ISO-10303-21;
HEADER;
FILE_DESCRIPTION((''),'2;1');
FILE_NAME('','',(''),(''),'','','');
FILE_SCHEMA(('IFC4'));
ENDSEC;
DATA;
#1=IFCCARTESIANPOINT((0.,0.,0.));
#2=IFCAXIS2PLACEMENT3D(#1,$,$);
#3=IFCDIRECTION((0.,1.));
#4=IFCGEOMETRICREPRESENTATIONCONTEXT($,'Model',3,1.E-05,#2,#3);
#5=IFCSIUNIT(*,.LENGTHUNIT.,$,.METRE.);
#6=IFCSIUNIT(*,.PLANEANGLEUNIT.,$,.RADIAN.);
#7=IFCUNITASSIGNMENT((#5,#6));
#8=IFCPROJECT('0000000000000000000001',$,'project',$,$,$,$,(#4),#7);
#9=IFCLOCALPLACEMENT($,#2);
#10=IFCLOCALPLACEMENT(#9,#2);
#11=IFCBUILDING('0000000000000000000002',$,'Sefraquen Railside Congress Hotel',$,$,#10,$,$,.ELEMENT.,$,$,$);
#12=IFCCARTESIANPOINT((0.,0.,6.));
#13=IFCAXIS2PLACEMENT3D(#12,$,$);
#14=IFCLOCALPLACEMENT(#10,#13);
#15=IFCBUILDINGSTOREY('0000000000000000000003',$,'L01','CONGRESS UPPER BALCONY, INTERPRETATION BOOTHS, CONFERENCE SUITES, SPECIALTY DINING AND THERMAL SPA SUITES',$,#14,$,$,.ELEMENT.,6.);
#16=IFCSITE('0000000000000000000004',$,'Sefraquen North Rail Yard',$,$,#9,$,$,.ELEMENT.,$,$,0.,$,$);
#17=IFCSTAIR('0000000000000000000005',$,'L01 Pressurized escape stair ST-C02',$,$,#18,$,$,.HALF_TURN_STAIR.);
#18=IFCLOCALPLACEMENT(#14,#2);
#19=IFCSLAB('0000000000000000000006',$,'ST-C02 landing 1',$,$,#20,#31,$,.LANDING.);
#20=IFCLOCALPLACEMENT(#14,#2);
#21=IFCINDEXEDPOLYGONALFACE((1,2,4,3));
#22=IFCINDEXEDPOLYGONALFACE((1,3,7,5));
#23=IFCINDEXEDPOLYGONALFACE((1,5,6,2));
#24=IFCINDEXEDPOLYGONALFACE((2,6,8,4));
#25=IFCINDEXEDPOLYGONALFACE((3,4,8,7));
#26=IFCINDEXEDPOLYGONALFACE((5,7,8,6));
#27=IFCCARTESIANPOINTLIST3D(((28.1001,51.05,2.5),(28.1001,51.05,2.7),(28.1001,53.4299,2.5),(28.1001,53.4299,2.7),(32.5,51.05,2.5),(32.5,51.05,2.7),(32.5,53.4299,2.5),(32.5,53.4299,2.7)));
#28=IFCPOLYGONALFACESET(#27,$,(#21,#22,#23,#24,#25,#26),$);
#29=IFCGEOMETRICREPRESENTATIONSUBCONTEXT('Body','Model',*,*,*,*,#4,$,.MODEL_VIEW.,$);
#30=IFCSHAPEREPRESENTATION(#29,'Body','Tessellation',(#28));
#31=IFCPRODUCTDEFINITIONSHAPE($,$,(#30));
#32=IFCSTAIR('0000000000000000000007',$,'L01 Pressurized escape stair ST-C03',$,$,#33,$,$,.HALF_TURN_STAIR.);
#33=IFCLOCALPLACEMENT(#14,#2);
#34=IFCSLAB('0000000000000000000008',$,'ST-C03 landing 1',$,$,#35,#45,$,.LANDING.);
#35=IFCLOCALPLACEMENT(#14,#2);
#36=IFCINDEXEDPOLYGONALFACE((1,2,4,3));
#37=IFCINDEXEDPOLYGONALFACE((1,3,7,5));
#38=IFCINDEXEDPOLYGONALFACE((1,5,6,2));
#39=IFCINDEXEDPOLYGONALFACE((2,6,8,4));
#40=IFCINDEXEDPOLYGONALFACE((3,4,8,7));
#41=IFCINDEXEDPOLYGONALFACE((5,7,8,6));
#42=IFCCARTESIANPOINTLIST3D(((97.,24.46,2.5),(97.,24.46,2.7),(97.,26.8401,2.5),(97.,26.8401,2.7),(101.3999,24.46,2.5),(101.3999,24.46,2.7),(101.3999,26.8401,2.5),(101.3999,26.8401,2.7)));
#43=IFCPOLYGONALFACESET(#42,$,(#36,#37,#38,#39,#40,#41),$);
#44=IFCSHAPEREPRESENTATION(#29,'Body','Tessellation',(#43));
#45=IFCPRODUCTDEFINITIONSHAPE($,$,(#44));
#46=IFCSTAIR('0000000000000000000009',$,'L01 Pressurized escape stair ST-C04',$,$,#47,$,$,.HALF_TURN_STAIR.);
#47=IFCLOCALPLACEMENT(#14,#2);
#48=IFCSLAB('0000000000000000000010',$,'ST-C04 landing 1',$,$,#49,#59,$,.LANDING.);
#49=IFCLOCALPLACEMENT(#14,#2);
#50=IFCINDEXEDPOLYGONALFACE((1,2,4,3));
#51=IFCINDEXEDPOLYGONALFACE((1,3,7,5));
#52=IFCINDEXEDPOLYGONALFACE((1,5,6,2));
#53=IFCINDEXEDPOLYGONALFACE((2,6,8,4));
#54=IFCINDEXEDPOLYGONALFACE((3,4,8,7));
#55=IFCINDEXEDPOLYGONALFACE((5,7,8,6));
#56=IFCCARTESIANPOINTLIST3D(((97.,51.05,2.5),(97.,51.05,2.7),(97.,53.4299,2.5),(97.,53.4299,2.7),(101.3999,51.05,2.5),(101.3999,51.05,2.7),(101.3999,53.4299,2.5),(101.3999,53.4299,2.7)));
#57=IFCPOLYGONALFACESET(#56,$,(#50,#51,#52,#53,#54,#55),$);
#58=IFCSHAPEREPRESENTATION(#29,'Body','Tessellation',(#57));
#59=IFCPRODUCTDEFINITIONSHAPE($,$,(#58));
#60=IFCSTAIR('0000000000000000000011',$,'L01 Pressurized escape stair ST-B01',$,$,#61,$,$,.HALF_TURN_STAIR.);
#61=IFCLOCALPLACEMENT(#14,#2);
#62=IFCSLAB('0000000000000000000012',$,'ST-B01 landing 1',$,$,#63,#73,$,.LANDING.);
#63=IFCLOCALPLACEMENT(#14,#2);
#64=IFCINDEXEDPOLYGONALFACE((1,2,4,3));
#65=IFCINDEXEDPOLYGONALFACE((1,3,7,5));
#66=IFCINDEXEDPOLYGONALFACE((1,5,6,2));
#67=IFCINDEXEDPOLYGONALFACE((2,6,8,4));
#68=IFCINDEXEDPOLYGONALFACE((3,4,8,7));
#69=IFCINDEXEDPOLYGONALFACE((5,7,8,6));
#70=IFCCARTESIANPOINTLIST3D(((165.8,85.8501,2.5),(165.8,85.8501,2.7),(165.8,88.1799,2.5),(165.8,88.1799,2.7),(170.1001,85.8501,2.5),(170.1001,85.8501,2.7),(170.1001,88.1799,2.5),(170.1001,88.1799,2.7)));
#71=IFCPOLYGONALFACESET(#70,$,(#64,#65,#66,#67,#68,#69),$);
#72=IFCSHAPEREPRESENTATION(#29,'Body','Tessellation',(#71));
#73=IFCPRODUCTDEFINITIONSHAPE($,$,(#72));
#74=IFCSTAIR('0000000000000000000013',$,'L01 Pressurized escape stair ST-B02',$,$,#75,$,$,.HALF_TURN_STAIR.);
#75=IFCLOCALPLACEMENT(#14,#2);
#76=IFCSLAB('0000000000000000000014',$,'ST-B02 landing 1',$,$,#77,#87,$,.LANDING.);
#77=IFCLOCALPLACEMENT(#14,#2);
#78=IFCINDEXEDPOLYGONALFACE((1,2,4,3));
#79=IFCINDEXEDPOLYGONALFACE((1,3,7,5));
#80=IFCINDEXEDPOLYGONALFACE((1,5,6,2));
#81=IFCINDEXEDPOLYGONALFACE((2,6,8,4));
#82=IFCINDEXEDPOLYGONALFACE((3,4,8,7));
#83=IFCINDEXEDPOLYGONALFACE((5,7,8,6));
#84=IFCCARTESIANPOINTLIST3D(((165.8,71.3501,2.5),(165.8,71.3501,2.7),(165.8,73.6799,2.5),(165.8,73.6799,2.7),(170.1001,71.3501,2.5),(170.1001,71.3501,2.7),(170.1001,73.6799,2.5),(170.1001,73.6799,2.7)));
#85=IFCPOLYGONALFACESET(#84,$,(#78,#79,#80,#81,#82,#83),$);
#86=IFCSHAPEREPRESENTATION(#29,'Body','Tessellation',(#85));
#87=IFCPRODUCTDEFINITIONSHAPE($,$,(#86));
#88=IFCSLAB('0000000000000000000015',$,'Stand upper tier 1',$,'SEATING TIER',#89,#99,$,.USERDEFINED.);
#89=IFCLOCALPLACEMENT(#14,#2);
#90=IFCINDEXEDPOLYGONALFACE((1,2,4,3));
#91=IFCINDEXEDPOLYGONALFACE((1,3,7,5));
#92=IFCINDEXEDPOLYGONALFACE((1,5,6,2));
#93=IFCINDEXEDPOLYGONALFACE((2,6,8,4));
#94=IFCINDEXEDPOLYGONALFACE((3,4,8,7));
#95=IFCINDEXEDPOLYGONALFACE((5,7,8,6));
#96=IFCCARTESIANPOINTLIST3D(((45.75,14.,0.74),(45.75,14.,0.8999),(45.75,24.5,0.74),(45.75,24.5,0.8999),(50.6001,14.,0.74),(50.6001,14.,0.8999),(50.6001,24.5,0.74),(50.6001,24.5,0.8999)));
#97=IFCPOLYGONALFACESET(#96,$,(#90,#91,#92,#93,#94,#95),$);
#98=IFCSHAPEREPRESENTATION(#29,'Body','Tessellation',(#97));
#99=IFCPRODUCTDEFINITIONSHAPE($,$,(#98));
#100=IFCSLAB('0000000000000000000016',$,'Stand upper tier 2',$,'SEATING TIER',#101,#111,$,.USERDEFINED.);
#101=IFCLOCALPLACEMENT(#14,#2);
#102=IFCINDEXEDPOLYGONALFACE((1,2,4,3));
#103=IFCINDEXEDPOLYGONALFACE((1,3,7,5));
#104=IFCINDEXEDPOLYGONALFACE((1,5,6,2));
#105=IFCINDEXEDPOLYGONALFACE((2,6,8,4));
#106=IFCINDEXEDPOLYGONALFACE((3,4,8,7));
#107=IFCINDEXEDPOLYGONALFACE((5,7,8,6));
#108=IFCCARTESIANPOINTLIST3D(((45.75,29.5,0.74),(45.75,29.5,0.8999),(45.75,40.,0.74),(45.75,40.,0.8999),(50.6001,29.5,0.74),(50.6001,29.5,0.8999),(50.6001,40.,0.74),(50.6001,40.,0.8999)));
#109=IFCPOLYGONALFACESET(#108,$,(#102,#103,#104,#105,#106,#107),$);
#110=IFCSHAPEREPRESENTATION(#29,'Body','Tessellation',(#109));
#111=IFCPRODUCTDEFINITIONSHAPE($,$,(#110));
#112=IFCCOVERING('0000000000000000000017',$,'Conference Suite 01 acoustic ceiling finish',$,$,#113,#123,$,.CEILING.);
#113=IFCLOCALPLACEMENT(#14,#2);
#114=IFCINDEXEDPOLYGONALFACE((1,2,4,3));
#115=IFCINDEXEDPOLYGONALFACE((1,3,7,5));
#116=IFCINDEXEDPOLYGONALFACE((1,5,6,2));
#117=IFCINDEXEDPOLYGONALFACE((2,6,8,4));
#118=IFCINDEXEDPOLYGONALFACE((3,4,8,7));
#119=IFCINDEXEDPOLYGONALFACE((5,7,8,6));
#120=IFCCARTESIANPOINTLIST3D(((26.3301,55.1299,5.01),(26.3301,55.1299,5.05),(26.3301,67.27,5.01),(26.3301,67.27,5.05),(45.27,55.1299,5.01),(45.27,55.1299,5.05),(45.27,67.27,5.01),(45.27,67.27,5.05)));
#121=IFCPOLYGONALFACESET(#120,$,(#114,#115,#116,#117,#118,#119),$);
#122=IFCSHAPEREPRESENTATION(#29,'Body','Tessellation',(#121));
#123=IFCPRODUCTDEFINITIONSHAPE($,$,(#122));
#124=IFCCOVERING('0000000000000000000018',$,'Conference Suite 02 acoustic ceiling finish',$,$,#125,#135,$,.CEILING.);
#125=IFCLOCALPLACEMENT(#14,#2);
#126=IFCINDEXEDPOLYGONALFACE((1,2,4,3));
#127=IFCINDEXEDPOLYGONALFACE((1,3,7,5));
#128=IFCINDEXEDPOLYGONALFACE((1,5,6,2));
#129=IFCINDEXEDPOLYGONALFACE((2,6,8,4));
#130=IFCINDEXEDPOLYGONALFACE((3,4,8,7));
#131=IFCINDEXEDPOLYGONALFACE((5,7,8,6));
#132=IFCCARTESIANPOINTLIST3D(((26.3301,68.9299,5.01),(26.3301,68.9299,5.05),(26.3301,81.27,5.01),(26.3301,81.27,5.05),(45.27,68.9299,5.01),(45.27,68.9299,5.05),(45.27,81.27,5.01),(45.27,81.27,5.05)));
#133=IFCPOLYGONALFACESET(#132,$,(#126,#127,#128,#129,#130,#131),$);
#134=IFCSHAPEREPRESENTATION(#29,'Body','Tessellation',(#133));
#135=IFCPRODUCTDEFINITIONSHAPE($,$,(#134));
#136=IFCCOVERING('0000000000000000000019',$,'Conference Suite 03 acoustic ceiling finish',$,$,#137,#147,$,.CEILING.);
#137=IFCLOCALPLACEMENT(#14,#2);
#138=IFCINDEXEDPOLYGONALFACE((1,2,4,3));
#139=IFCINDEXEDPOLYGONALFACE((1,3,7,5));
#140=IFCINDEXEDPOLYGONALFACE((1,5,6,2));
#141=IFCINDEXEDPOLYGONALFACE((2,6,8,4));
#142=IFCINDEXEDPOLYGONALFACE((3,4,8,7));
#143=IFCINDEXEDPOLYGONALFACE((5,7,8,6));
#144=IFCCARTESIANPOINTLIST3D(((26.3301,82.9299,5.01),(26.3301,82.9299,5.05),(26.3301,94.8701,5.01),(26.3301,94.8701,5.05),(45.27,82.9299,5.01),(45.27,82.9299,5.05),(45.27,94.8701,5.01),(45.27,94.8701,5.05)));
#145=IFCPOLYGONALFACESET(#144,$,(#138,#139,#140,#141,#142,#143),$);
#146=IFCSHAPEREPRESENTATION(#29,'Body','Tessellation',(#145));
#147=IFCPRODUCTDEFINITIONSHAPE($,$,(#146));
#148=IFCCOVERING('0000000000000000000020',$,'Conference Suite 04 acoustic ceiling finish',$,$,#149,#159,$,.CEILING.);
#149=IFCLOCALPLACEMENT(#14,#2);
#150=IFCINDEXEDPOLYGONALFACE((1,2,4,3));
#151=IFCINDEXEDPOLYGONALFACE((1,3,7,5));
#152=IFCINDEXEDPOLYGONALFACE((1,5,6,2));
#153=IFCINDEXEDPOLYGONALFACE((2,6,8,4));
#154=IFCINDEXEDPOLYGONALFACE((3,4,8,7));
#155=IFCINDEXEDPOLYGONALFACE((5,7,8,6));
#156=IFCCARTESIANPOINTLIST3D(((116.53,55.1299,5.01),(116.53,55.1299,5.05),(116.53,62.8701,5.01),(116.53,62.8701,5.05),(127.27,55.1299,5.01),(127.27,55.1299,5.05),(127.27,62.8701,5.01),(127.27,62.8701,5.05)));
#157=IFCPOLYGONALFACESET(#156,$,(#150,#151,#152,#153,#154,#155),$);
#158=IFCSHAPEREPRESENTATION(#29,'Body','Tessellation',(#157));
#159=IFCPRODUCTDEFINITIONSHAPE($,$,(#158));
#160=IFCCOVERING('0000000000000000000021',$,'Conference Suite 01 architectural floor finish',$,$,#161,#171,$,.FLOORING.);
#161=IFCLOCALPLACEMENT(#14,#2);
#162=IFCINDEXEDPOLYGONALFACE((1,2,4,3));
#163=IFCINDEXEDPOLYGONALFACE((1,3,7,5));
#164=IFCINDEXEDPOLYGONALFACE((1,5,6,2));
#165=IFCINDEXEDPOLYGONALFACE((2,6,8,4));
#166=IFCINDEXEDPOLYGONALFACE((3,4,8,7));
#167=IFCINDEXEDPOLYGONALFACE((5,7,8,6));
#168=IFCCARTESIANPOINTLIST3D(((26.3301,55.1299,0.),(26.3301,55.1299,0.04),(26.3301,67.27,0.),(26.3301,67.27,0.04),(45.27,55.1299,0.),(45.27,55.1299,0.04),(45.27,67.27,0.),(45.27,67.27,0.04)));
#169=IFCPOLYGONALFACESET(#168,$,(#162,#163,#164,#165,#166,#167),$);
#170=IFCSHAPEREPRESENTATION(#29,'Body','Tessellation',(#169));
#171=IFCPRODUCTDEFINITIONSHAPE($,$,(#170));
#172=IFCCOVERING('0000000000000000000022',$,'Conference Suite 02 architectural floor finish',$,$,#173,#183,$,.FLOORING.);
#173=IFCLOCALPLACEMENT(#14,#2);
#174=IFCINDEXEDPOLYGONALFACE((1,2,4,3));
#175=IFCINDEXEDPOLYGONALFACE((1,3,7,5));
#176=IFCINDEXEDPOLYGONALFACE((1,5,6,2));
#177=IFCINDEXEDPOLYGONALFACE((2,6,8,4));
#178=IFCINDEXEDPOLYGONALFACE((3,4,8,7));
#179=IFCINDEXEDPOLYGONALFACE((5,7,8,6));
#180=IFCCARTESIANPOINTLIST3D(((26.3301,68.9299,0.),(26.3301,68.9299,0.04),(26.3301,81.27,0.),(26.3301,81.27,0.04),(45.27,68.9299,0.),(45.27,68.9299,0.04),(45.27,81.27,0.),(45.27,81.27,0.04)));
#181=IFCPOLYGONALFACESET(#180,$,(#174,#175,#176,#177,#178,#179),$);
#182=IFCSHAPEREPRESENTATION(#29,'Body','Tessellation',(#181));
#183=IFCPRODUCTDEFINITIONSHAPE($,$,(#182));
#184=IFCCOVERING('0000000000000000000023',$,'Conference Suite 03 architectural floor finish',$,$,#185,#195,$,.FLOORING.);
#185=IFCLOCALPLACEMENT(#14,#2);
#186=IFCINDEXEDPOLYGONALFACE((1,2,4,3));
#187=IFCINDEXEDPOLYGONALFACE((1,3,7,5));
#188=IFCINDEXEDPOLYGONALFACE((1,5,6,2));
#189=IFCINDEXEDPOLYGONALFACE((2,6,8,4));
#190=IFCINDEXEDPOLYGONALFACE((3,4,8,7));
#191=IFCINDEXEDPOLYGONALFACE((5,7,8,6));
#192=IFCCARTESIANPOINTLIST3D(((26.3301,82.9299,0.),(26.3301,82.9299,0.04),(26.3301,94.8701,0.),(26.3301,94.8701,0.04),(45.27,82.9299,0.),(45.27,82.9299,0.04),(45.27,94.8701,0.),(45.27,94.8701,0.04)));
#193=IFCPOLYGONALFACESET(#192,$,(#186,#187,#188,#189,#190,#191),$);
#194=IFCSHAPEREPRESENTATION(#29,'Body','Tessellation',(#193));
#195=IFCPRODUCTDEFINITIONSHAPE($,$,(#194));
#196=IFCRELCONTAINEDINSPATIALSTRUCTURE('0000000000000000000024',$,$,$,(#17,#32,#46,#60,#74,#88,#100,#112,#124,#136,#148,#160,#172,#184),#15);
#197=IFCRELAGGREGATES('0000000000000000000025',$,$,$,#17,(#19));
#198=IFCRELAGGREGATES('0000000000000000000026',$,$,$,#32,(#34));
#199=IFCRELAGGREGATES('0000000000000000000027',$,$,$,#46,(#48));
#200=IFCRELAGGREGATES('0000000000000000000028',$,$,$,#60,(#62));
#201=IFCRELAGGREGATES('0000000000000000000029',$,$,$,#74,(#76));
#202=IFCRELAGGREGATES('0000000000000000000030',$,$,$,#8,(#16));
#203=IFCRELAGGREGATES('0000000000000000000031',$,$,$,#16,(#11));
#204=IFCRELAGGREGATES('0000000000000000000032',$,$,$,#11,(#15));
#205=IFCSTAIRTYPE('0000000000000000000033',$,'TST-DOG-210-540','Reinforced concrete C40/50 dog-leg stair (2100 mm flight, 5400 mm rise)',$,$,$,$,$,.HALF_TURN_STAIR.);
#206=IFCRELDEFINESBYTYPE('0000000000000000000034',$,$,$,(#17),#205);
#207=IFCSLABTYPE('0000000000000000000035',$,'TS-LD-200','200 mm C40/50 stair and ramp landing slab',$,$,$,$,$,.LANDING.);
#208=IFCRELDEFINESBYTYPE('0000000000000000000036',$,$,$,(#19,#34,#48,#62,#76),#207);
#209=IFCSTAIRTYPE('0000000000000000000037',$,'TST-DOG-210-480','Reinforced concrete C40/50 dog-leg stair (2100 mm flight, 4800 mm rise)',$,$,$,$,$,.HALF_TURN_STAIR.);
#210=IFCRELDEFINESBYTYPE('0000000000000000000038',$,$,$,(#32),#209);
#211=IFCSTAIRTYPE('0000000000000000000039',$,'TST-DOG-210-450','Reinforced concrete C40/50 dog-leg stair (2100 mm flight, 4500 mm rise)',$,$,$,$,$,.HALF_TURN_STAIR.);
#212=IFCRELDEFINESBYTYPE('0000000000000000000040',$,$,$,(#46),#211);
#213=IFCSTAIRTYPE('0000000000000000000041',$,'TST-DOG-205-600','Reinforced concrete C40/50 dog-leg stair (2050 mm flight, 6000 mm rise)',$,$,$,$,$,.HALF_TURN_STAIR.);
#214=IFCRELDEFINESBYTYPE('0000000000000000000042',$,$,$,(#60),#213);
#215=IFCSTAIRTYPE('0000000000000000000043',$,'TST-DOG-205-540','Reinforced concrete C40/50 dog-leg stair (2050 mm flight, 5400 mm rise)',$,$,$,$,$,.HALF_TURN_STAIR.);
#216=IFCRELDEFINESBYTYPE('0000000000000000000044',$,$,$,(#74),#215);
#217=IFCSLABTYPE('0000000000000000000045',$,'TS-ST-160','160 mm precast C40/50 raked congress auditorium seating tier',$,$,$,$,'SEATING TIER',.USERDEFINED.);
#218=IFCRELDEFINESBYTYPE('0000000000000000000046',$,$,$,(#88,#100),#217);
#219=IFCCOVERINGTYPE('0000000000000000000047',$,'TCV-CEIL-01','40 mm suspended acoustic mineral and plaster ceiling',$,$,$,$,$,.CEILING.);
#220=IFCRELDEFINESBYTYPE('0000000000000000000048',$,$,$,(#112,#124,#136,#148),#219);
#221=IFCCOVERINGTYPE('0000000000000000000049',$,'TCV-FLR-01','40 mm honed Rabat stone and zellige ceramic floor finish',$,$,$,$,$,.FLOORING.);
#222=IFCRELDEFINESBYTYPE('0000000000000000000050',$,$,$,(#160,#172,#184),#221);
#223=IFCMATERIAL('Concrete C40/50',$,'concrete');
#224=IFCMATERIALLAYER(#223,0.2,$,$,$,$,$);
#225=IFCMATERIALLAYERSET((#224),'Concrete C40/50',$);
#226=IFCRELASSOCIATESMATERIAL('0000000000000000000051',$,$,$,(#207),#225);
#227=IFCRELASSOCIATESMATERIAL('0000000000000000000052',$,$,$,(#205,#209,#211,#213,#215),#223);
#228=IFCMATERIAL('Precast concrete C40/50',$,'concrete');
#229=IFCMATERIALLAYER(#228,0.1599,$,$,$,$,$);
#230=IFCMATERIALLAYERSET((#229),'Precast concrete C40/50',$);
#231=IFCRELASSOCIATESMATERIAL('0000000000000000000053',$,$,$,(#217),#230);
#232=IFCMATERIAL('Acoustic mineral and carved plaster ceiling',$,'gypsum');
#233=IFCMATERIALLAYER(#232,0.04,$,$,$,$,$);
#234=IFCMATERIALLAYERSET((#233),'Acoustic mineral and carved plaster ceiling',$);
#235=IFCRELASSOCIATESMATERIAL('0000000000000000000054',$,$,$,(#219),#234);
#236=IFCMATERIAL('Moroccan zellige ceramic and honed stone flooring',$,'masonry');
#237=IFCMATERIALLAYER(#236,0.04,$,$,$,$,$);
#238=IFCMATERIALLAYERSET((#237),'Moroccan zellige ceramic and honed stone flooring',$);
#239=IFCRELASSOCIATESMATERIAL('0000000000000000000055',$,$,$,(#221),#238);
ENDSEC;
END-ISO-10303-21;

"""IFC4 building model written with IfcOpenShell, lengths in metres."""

from ifc_helpers import new_model, si_unit, direction, frame, origin, place, context, subcontext, project, spatial, polyline, outline, extrude, material, layer, layer_set, type_object, element, aggregate, save


model = new_model("IFC4")

# Units and contexts
model_context = context("Model", 3, precision=1e-05, world=origin(), true_north=direction((0.0, 1.0)))
body_context = subcontext(model_context, "Body", "Model", "MODEL_VIEW")
ifc_project = project(units=[si_unit("LENGTHUNIT", "METRE"), si_unit("PLANEANGLEUNIT", "RADIAN")], contexts=[model_context])

# Site, building, storey
site_placement = place(None, origin())
site = spatial("IfcSite", under=ifc_project, at=site_placement, Name="Sefraquen North Rail Yard", CompositionType="ELEMENT", RefElevation=0.0)
building_placement = place(site_placement, origin())
building = spatial("IfcBuilding", under=site, at=building_placement, Name="Sefraquen Railside Congress Hotel", CompositionType="ELEMENT")
storey_placement = place(building_placement, frame((0.0, 0.0, 6.0)))
storey = spatial("IfcBuildingStorey", under=building, at=storey_placement, Name="L01", Description="CONGRESS UPPER BALCONY, INTERPRETATION BOOTHS, CONFERENCE SUITES, SPECIALTY DINING AND THERMAL SPA SUITES", CompositionType="ELEMENT", Elevation=6.0)

# Shared definitions
ifc_material_1 = material(Name="Concrete C40/50", Category="concrete")

# Stairs, slabs
ifc_layer_1 = layer(ifc_material_1, 0.2)
ifc_layer_set_1 = layer_set([ifc_layer_1], Name="Concrete C40/50")
slab_type_1 = type_object("IfcSlabType", Name="TS-LD-200", Description="200 mm C40/50 stair and ramp landing slab", PredefinedType="LANDING", material=ifc_layer_set_1)
stair_type_1 = type_object("IfcStairType", Name="TST-DOG-210-540", Description="Reinforced concrete C40/50 dog-leg stair (2100 mm flight, 5400 mm rise)", PredefinedType="HALF_TURN_STAIR", material=ifc_material_1)
stair_1_placement = place(storey_placement, origin())
stair_1 = element("IfcStair", 1, at=stair_1_placement, inside=storey, type_object=stair_type_1, Name="L01 Pressurized escape stair ST-C02", PredefinedType="HALF_TURN_STAIR")
slab_1_placement = place(storey_placement, frame((0.0, 0.0, 2.5)))
slab_1 = element("IfcSlab", 2, at=slab_1_placement, type_object=slab_type_1, Name="ST-C02 landing 1", PredefinedType="LANDING", context=body_context, shape_type="SweptSolid", body=[
    extrude(outline(polyline([(32.5, 51.05), (32.5, 53.4299), (28.1001, 53.4299), (28.1001, 51.05), (32.5, 51.05)])), origin(), (0.0, 0.0, 1.0), 0.2),
])
aggregate(stair_1, [slab_1])
stair_type_2 = type_object("IfcStairType", Name="TST-DOG-210-480", Description="Reinforced concrete C40/50 dog-leg stair (2100 mm flight, 4800 mm rise)", PredefinedType="HALF_TURN_STAIR", material=ifc_material_1)
stair_2_placement = place(storey_placement, origin())
stair_2 = element("IfcStair", 3, at=stair_2_placement, inside=storey, type_object=stair_type_2, Name="L01 Pressurized escape stair ST-C03", PredefinedType="HALF_TURN_STAIR")
slab_2_placement = place(storey_placement, frame((0.0, 0.0, 2.5)))
slab_2 = element("IfcSlab", 4, at=slab_2_placement, type_object=slab_type_1, Name="ST-C03 landing 1", PredefinedType="LANDING", context=body_context, shape_type="SweptSolid", body=[
    extrude(outline(polyline([(101.3999, 24.46), (101.3999, 26.8401), (97.0, 26.8401), (97.0, 24.46), (101.3999, 24.46)])), origin(), (0.0, 0.0, 1.0), 0.2),
])
aggregate(stair_2, [slab_2])
stair_type_3 = type_object("IfcStairType", Name="TST-DOG-210-450", Description="Reinforced concrete C40/50 dog-leg stair (2100 mm flight, 4500 mm rise)", PredefinedType="HALF_TURN_STAIR", material=ifc_material_1)
stair_3_placement = place(storey_placement, origin())
stair_3 = element("IfcStair", 5, at=stair_3_placement, inside=storey, type_object=stair_type_3, Name="L01 Pressurized escape stair ST-C04", PredefinedType="HALF_TURN_STAIR")
slab_3_placement = place(storey_placement, frame((0.0, 0.0, 2.5)))
slab_3 = element("IfcSlab", 6, at=slab_3_placement, type_object=slab_type_1, Name="ST-C04 landing 1", PredefinedType="LANDING", context=body_context, shape_type="SweptSolid", body=[
    extrude(outline(polyline([(101.3999, 51.05), (101.3999, 53.4299), (97.0, 53.4299), (97.0, 51.05), (101.3999, 51.05)])), origin(), (0.0, 0.0, 1.0), 0.2),
])
aggregate(stair_3, [slab_3])
stair_type_4 = type_object("IfcStairType", Name="TST-DOG-205-600", Description="Reinforced concrete C40/50 dog-leg stair (2050 mm flight, 6000 mm rise)", PredefinedType="HALF_TURN_STAIR", material=ifc_material_1)
stair_4_placement = place(storey_placement, origin())
stair_4 = element("IfcStair", 7, at=stair_4_placement, inside=storey, type_object=stair_type_4, Name="L01 Pressurized escape stair ST-B01", PredefinedType="HALF_TURN_STAIR")
slab_4_placement = place(storey_placement, frame((0.0, 0.0, 2.5)))
slab_4 = element("IfcSlab", 8, at=slab_4_placement, type_object=slab_type_1, Name="ST-B01 landing 1", PredefinedType="LANDING", context=body_context, shape_type="SweptSolid", body=[
    extrude(outline(polyline([(170.1001, 85.8501), (170.1001, 88.1799), (165.8, 88.1799), (165.8, 85.8501), (170.1001, 85.8501)])), origin(), (0.0, 0.0, 1.0), 0.2),
])
aggregate(stair_4, [slab_4])
stair_type_5 = type_object("IfcStairType", Name="TST-DOG-205-540", Description="Reinforced concrete C40/50 dog-leg stair (2050 mm flight, 5400 mm rise)", PredefinedType="HALF_TURN_STAIR", material=ifc_material_1)
stair_5_placement = place(storey_placement, origin())
stair_5 = element("IfcStair", 9, at=stair_5_placement, inside=storey, type_object=stair_type_5, Name="L01 Pressurized escape stair ST-B02", PredefinedType="HALF_TURN_STAIR")
slab_5_placement = place(storey_placement, frame((0.0, 0.0, 2.5)))
slab_5 = element("IfcSlab", 10, at=slab_5_placement, type_object=slab_type_1, Name="ST-B02 landing 1", PredefinedType="LANDING", context=body_context, shape_type="SweptSolid", body=[
    extrude(outline(polyline([(170.1001, 71.3501), (170.1001, 73.6799), (165.8, 73.6799), (165.8, 71.3501), (170.1001, 71.3501)])), origin(), (0.0, 0.0, 1.0), 0.2),
])
aggregate(stair_5, [slab_5])

# Slabs
ifc_material_2 = material(Name="Precast concrete C40/50", Category="concrete")
ifc_layer_2 = layer(ifc_material_2, 0.1599)
ifc_layer_set_2 = layer_set([ifc_layer_2], Name="Precast concrete C40/50")
slab_type_2 = type_object("IfcSlabType", Name="TS-ST-160", Description="160 mm precast C40/50 raked congress auditorium seating tier", ElementType="SEATING TIER", PredefinedType="USERDEFINED", material=ifc_layer_set_2)
slab_6_placement = place(storey_placement, frame((0.0, 0.0, 0.74)))
element("IfcSlab", 11, at=slab_6_placement, inside=storey, type_object=slab_type_2, Name="Stand upper tier 1", ObjectType="SEATING TIER", PredefinedType="USERDEFINED", context=body_context, shape_type="SweptSolid", body=[
    extrude(outline(polyline([(45.75, 14.0), (50.6001, 14.0), (50.6001, 24.5), (45.75, 24.5), (45.75, 14.0)])), origin(), (0.0, 0.0, 1.0), 0.1599),
])
slab_7_placement = place(storey_placement, frame((0.0, 0.0, 0.74)))
element("IfcSlab", 12, at=slab_7_placement, inside=storey, type_object=slab_type_2, Name="Stand upper tier 2", ObjectType="SEATING TIER", PredefinedType="USERDEFINED", context=body_context, shape_type="SweptSolid", body=[
    extrude(outline(polyline([(45.75, 29.5), (50.6001, 29.5), (50.6001, 40.0), (45.75, 40.0), (45.75, 29.5)])), origin(), (0.0, 0.0, 1.0), 0.1599),
])

# Coverings
ifc_material_3 = material(Name="Acoustic mineral and carved plaster ceiling", Category="gypsum")
ifc_layer_3 = layer(ifc_material_3, 0.04)
ifc_layer_set_3 = layer_set([ifc_layer_3], Name="Acoustic mineral and carved plaster ceiling")
covering_type_1 = type_object("IfcCoveringType", Name="TCV-CEIL-01", Description="40 mm suspended acoustic mineral and plaster ceiling", PredefinedType="CEILING", material=ifc_layer_set_3)
covering_1_placement = place(storey_placement, frame((0.0, 0.0, 5.01)))
element("IfcCovering", 13, at=covering_1_placement, inside=storey, type_object=covering_type_1, Name="Conference Suite 01 acoustic ceiling finish", PredefinedType="CEILING", context=body_context, shape_type="SweptSolid", body=[
    extrude(outline(polyline([(26.3301, 55.1299), (45.27, 55.1299), (45.27, 67.27), (26.3301, 67.27), (26.3301, 55.1299)])), origin(), (0.0, 0.0, 1.0), 0.04),
])
covering_2_placement = place(storey_placement, frame((0.0, 0.0, 5.01)))
element("IfcCovering", 14, at=covering_2_placement, inside=storey, type_object=covering_type_1, Name="Conference Suite 02 acoustic ceiling finish", PredefinedType="CEILING", context=body_context, shape_type="SweptSolid", body=[
    extrude(outline(polyline([(26.3301, 68.9299), (45.27, 68.9299), (45.27, 81.27), (26.3301, 81.27), (26.3301, 68.9299)])), origin(), (0.0, 0.0, 1.0), 0.04),
])
covering_3_placement = place(storey_placement, frame((0.0, 0.0, 5.01)))
element("IfcCovering", 15, at=covering_3_placement, inside=storey, type_object=covering_type_1, Name="Conference Suite 03 acoustic ceiling finish", PredefinedType="CEILING", context=body_context, shape_type="SweptSolid", body=[
    extrude(outline(polyline([(26.3301, 82.9299), (45.27, 82.9299), (45.27, 94.8701), (26.3301, 94.8701), (26.3301, 82.9299)])), origin(), (0.0, 0.0, 1.0), 0.04),
])
covering_4_placement = place(storey_placement, frame((0.0, 0.0, 5.01)))
element("IfcCovering", 16, at=covering_4_placement, inside=storey, type_object=covering_type_1, Name="Conference Suite 04 acoustic ceiling finish", PredefinedType="CEILING", context=body_context, shape_type="SweptSolid", body=[
    extrude(outline(polyline([(116.53, 55.1299), (127.27, 55.1299), (127.27, 62.8701), (116.53, 62.8701), (116.53, 55.1299)])), origin(), (0.0, 0.0, 1.0), 0.04),
])
ifc_material_4 = material(Name="Moroccan zellige ceramic and honed stone flooring", Category="masonry")
ifc_layer_4 = layer(ifc_material_4, 0.04)
ifc_layer_set_4 = layer_set([ifc_layer_4], Name="Moroccan zellige ceramic and honed stone flooring")
covering_type_2 = type_object("IfcCoveringType", Name="TCV-FLR-01", Description="40 mm honed Rabat stone and zellige ceramic floor finish", PredefinedType="FLOORING", material=ifc_layer_set_4)
covering_5_placement = place(storey_placement, origin())
element("IfcCovering", 17, at=covering_5_placement, inside=storey, type_object=covering_type_2, Name="Conference Suite 01 architectural floor finish", PredefinedType="FLOORING", context=body_context, shape_type="SweptSolid", body=[
    extrude(outline(polyline([(26.3301, 55.1299), (45.27, 55.1299), (45.27, 67.27), (26.3301, 67.27), (26.3301, 55.1299)])), origin(), (0.0, 0.0, 1.0), 0.04),
])
covering_6_placement = place(storey_placement, origin())
element("IfcCovering", 18, at=covering_6_placement, inside=storey, type_object=covering_type_2, Name="Conference Suite 02 architectural floor finish", PredefinedType="FLOORING", context=body_context, shape_type="SweptSolid", body=[
    extrude(outline(polyline([(26.3301, 68.9299), (45.27, 68.9299), (45.27, 81.27), (26.3301, 81.27), (26.3301, 68.9299)])), origin(), (0.0, 0.0, 1.0), 0.04),
])
covering_7_placement = place(storey_placement, origin())
element("IfcCovering", 19, at=covering_7_placement, inside=storey, type_object=covering_type_2, Name="Conference Suite 03 architectural floor finish", PredefinedType="FLOORING", context=body_context, shape_type="SweptSolid", body=[
    extrude(outline(polyline([(26.3301, 82.9299), (45.27, 82.9299), (45.27, 94.8701), (26.3301, 94.8701), (26.3301, 82.9299)])), origin(), (0.0, 0.0, 1.0), 0.04),
])

save(model, "model.ifc")
